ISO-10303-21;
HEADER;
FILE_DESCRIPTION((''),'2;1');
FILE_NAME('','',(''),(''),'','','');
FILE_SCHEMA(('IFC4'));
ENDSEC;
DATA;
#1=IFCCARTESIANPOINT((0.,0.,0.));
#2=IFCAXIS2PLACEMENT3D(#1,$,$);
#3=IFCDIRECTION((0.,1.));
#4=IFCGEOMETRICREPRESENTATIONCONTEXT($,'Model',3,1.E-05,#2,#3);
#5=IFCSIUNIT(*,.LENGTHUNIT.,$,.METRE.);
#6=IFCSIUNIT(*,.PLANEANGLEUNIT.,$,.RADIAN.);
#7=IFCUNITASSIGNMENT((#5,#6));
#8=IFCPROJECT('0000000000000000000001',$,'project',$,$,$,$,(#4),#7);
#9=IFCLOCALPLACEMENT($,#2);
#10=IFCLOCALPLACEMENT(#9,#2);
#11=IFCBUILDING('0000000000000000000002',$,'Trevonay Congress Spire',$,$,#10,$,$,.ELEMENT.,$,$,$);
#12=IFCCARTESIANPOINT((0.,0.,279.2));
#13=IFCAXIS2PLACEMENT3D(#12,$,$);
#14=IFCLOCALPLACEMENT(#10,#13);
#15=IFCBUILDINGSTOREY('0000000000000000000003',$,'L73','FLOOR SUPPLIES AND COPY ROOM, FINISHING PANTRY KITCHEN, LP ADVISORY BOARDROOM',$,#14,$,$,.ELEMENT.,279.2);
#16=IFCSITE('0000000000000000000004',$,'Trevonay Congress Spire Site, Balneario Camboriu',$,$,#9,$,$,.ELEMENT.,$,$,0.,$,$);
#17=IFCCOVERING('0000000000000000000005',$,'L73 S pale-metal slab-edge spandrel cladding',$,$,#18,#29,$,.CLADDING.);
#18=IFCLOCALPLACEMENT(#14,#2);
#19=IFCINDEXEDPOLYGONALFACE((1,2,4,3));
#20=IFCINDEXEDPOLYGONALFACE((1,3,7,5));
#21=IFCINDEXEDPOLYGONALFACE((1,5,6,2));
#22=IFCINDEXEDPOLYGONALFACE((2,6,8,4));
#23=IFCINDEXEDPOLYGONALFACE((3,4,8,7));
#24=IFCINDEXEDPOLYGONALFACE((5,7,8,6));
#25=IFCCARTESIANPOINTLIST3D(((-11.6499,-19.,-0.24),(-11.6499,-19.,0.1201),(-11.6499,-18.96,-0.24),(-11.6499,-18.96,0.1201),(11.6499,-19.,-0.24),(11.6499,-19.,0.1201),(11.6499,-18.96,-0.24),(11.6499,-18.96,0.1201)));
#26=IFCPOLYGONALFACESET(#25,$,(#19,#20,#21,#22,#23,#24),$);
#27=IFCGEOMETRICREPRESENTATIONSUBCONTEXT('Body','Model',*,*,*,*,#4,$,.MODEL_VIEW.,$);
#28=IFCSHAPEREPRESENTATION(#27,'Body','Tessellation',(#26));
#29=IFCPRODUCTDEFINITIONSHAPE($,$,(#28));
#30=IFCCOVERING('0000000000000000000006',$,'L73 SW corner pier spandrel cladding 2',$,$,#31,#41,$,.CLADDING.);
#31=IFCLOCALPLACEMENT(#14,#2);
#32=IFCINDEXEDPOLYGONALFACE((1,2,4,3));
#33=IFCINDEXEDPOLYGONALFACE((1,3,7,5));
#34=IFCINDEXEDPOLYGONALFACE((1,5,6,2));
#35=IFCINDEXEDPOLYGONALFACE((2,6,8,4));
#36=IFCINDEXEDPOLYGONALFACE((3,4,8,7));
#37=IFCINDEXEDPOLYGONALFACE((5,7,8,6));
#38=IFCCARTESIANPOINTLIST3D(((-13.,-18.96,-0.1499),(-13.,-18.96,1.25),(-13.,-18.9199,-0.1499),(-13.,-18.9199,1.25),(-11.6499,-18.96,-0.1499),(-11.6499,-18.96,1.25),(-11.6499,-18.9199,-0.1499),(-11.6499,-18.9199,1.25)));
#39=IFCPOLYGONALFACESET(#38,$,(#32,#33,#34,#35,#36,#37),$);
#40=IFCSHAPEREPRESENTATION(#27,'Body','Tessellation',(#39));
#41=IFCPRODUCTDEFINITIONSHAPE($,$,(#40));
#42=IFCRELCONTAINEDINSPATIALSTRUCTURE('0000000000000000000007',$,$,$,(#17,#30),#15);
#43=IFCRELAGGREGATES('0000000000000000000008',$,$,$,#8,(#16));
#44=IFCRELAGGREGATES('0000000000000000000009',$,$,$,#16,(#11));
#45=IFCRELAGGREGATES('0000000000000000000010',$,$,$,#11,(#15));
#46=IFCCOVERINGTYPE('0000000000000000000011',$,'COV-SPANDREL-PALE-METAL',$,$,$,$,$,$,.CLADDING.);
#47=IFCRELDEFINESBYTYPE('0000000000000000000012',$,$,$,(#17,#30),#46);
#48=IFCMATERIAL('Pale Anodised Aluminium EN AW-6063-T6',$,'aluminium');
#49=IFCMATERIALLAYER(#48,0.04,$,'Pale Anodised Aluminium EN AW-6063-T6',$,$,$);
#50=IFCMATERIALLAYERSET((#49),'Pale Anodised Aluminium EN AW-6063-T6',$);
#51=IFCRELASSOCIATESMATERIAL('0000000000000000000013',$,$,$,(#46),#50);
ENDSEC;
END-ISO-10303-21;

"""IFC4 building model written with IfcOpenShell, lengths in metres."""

from ifc_helpers import new_model, si_unit, direction, frame, frame_2d, origin, place, context, subcontext, project, spatial, rectangle, extrude, material, layer, layer_set, type_object, element, save


model = new_model("IFC4")

# Units and contexts
model_context = context("Model", 3, precision=1e-05, world=origin(), true_north=direction((0.0, 1.0)))
body_context = subcontext(model_context, "Body", "Model", "MODEL_VIEW")
ifc_project = project(units=[si_unit("LENGTHUNIT", "METRE"), si_unit("PLANEANGLEUNIT", "RADIAN")], contexts=[model_context])

# Site, building, storey
site_placement = place(None, origin())
site = spatial("IfcSite", under=ifc_project, at=site_placement, Name="Trevonay Congress Spire Site, Balneario Camboriu", CompositionType="ELEMENT", RefElevation=0.0)
building_placement = place(site_placement, origin())
building = spatial("IfcBuilding", under=site, at=building_placement, Name="Trevonay Congress Spire", CompositionType="ELEMENT")
storey_placement = place(building_placement, frame((0.0, 0.0, 279.2)))
storey = spatial("IfcBuildingStorey", under=building, at=storey_placement, Name="L73", Description="FLOOR SUPPLIES AND COPY ROOM, FINISHING PANTRY KITCHEN, LP ADVISORY BOARDROOM", CompositionType="ELEMENT", Elevation=279.2)

# Coverings
ifc_material_1 = material(Name="Pale Anodised Aluminium EN AW-6063-T6", Category="aluminium")
ifc_layer_1 = layer(ifc_material_1, 0.04, Name="Pale Anodised Aluminium EN AW-6063-T6")
ifc_layer_set_1 = layer_set([ifc_layer_1], Name="Pale Anodised Aluminium EN AW-6063-T6")
covering_type = type_object("IfcCoveringType", Name="COV-SPANDREL-PALE-METAL", PredefinedType="CLADDING", material=ifc_layer_set_1)
covering_1_placement = place(storey_placement, frame((-11.6499, -18.98, -0.24), z_axis=(0.0, 0.0, 1.0), x_axis=(1.0, 0.0, 0.0)))
element("IfcCovering", 1, at=covering_1_placement, inside=storey, type_object=covering_type, Name="L73 S pale-metal slab-edge spandrel cladding", PredefinedType="CLADDING", context=body_context, shape_type="SweptSolid", body=[
    extrude(rectangle(XDim=23.2998, YDim=0.04, at=frame_2d((11.6499, 0.0))), origin(), (0.0, 0.0, 1.0), 0.3601),
])
covering_2_placement = place(storey_placement, frame((-11.6499, -18.9399, -0.1499), z_axis=(0.0, 0.0, 1.0), x_axis=(-1.0, 0.0, 0.0)))
element("IfcCovering", 2, at=covering_2_placement, inside=storey, type_object=covering_type, Name="L73 SW corner pier spandrel cladding 2", PredefinedType="CLADDING", context=body_context, shape_type="SweptSolid", body=[
    extrude(rectangle(XDim=1.3501, YDim=0.04, at=frame_2d((0.675, 0.0))), origin(), (0.0, 0.0, 1.0), 1.3999),
])

save(model, "model.ifc")
